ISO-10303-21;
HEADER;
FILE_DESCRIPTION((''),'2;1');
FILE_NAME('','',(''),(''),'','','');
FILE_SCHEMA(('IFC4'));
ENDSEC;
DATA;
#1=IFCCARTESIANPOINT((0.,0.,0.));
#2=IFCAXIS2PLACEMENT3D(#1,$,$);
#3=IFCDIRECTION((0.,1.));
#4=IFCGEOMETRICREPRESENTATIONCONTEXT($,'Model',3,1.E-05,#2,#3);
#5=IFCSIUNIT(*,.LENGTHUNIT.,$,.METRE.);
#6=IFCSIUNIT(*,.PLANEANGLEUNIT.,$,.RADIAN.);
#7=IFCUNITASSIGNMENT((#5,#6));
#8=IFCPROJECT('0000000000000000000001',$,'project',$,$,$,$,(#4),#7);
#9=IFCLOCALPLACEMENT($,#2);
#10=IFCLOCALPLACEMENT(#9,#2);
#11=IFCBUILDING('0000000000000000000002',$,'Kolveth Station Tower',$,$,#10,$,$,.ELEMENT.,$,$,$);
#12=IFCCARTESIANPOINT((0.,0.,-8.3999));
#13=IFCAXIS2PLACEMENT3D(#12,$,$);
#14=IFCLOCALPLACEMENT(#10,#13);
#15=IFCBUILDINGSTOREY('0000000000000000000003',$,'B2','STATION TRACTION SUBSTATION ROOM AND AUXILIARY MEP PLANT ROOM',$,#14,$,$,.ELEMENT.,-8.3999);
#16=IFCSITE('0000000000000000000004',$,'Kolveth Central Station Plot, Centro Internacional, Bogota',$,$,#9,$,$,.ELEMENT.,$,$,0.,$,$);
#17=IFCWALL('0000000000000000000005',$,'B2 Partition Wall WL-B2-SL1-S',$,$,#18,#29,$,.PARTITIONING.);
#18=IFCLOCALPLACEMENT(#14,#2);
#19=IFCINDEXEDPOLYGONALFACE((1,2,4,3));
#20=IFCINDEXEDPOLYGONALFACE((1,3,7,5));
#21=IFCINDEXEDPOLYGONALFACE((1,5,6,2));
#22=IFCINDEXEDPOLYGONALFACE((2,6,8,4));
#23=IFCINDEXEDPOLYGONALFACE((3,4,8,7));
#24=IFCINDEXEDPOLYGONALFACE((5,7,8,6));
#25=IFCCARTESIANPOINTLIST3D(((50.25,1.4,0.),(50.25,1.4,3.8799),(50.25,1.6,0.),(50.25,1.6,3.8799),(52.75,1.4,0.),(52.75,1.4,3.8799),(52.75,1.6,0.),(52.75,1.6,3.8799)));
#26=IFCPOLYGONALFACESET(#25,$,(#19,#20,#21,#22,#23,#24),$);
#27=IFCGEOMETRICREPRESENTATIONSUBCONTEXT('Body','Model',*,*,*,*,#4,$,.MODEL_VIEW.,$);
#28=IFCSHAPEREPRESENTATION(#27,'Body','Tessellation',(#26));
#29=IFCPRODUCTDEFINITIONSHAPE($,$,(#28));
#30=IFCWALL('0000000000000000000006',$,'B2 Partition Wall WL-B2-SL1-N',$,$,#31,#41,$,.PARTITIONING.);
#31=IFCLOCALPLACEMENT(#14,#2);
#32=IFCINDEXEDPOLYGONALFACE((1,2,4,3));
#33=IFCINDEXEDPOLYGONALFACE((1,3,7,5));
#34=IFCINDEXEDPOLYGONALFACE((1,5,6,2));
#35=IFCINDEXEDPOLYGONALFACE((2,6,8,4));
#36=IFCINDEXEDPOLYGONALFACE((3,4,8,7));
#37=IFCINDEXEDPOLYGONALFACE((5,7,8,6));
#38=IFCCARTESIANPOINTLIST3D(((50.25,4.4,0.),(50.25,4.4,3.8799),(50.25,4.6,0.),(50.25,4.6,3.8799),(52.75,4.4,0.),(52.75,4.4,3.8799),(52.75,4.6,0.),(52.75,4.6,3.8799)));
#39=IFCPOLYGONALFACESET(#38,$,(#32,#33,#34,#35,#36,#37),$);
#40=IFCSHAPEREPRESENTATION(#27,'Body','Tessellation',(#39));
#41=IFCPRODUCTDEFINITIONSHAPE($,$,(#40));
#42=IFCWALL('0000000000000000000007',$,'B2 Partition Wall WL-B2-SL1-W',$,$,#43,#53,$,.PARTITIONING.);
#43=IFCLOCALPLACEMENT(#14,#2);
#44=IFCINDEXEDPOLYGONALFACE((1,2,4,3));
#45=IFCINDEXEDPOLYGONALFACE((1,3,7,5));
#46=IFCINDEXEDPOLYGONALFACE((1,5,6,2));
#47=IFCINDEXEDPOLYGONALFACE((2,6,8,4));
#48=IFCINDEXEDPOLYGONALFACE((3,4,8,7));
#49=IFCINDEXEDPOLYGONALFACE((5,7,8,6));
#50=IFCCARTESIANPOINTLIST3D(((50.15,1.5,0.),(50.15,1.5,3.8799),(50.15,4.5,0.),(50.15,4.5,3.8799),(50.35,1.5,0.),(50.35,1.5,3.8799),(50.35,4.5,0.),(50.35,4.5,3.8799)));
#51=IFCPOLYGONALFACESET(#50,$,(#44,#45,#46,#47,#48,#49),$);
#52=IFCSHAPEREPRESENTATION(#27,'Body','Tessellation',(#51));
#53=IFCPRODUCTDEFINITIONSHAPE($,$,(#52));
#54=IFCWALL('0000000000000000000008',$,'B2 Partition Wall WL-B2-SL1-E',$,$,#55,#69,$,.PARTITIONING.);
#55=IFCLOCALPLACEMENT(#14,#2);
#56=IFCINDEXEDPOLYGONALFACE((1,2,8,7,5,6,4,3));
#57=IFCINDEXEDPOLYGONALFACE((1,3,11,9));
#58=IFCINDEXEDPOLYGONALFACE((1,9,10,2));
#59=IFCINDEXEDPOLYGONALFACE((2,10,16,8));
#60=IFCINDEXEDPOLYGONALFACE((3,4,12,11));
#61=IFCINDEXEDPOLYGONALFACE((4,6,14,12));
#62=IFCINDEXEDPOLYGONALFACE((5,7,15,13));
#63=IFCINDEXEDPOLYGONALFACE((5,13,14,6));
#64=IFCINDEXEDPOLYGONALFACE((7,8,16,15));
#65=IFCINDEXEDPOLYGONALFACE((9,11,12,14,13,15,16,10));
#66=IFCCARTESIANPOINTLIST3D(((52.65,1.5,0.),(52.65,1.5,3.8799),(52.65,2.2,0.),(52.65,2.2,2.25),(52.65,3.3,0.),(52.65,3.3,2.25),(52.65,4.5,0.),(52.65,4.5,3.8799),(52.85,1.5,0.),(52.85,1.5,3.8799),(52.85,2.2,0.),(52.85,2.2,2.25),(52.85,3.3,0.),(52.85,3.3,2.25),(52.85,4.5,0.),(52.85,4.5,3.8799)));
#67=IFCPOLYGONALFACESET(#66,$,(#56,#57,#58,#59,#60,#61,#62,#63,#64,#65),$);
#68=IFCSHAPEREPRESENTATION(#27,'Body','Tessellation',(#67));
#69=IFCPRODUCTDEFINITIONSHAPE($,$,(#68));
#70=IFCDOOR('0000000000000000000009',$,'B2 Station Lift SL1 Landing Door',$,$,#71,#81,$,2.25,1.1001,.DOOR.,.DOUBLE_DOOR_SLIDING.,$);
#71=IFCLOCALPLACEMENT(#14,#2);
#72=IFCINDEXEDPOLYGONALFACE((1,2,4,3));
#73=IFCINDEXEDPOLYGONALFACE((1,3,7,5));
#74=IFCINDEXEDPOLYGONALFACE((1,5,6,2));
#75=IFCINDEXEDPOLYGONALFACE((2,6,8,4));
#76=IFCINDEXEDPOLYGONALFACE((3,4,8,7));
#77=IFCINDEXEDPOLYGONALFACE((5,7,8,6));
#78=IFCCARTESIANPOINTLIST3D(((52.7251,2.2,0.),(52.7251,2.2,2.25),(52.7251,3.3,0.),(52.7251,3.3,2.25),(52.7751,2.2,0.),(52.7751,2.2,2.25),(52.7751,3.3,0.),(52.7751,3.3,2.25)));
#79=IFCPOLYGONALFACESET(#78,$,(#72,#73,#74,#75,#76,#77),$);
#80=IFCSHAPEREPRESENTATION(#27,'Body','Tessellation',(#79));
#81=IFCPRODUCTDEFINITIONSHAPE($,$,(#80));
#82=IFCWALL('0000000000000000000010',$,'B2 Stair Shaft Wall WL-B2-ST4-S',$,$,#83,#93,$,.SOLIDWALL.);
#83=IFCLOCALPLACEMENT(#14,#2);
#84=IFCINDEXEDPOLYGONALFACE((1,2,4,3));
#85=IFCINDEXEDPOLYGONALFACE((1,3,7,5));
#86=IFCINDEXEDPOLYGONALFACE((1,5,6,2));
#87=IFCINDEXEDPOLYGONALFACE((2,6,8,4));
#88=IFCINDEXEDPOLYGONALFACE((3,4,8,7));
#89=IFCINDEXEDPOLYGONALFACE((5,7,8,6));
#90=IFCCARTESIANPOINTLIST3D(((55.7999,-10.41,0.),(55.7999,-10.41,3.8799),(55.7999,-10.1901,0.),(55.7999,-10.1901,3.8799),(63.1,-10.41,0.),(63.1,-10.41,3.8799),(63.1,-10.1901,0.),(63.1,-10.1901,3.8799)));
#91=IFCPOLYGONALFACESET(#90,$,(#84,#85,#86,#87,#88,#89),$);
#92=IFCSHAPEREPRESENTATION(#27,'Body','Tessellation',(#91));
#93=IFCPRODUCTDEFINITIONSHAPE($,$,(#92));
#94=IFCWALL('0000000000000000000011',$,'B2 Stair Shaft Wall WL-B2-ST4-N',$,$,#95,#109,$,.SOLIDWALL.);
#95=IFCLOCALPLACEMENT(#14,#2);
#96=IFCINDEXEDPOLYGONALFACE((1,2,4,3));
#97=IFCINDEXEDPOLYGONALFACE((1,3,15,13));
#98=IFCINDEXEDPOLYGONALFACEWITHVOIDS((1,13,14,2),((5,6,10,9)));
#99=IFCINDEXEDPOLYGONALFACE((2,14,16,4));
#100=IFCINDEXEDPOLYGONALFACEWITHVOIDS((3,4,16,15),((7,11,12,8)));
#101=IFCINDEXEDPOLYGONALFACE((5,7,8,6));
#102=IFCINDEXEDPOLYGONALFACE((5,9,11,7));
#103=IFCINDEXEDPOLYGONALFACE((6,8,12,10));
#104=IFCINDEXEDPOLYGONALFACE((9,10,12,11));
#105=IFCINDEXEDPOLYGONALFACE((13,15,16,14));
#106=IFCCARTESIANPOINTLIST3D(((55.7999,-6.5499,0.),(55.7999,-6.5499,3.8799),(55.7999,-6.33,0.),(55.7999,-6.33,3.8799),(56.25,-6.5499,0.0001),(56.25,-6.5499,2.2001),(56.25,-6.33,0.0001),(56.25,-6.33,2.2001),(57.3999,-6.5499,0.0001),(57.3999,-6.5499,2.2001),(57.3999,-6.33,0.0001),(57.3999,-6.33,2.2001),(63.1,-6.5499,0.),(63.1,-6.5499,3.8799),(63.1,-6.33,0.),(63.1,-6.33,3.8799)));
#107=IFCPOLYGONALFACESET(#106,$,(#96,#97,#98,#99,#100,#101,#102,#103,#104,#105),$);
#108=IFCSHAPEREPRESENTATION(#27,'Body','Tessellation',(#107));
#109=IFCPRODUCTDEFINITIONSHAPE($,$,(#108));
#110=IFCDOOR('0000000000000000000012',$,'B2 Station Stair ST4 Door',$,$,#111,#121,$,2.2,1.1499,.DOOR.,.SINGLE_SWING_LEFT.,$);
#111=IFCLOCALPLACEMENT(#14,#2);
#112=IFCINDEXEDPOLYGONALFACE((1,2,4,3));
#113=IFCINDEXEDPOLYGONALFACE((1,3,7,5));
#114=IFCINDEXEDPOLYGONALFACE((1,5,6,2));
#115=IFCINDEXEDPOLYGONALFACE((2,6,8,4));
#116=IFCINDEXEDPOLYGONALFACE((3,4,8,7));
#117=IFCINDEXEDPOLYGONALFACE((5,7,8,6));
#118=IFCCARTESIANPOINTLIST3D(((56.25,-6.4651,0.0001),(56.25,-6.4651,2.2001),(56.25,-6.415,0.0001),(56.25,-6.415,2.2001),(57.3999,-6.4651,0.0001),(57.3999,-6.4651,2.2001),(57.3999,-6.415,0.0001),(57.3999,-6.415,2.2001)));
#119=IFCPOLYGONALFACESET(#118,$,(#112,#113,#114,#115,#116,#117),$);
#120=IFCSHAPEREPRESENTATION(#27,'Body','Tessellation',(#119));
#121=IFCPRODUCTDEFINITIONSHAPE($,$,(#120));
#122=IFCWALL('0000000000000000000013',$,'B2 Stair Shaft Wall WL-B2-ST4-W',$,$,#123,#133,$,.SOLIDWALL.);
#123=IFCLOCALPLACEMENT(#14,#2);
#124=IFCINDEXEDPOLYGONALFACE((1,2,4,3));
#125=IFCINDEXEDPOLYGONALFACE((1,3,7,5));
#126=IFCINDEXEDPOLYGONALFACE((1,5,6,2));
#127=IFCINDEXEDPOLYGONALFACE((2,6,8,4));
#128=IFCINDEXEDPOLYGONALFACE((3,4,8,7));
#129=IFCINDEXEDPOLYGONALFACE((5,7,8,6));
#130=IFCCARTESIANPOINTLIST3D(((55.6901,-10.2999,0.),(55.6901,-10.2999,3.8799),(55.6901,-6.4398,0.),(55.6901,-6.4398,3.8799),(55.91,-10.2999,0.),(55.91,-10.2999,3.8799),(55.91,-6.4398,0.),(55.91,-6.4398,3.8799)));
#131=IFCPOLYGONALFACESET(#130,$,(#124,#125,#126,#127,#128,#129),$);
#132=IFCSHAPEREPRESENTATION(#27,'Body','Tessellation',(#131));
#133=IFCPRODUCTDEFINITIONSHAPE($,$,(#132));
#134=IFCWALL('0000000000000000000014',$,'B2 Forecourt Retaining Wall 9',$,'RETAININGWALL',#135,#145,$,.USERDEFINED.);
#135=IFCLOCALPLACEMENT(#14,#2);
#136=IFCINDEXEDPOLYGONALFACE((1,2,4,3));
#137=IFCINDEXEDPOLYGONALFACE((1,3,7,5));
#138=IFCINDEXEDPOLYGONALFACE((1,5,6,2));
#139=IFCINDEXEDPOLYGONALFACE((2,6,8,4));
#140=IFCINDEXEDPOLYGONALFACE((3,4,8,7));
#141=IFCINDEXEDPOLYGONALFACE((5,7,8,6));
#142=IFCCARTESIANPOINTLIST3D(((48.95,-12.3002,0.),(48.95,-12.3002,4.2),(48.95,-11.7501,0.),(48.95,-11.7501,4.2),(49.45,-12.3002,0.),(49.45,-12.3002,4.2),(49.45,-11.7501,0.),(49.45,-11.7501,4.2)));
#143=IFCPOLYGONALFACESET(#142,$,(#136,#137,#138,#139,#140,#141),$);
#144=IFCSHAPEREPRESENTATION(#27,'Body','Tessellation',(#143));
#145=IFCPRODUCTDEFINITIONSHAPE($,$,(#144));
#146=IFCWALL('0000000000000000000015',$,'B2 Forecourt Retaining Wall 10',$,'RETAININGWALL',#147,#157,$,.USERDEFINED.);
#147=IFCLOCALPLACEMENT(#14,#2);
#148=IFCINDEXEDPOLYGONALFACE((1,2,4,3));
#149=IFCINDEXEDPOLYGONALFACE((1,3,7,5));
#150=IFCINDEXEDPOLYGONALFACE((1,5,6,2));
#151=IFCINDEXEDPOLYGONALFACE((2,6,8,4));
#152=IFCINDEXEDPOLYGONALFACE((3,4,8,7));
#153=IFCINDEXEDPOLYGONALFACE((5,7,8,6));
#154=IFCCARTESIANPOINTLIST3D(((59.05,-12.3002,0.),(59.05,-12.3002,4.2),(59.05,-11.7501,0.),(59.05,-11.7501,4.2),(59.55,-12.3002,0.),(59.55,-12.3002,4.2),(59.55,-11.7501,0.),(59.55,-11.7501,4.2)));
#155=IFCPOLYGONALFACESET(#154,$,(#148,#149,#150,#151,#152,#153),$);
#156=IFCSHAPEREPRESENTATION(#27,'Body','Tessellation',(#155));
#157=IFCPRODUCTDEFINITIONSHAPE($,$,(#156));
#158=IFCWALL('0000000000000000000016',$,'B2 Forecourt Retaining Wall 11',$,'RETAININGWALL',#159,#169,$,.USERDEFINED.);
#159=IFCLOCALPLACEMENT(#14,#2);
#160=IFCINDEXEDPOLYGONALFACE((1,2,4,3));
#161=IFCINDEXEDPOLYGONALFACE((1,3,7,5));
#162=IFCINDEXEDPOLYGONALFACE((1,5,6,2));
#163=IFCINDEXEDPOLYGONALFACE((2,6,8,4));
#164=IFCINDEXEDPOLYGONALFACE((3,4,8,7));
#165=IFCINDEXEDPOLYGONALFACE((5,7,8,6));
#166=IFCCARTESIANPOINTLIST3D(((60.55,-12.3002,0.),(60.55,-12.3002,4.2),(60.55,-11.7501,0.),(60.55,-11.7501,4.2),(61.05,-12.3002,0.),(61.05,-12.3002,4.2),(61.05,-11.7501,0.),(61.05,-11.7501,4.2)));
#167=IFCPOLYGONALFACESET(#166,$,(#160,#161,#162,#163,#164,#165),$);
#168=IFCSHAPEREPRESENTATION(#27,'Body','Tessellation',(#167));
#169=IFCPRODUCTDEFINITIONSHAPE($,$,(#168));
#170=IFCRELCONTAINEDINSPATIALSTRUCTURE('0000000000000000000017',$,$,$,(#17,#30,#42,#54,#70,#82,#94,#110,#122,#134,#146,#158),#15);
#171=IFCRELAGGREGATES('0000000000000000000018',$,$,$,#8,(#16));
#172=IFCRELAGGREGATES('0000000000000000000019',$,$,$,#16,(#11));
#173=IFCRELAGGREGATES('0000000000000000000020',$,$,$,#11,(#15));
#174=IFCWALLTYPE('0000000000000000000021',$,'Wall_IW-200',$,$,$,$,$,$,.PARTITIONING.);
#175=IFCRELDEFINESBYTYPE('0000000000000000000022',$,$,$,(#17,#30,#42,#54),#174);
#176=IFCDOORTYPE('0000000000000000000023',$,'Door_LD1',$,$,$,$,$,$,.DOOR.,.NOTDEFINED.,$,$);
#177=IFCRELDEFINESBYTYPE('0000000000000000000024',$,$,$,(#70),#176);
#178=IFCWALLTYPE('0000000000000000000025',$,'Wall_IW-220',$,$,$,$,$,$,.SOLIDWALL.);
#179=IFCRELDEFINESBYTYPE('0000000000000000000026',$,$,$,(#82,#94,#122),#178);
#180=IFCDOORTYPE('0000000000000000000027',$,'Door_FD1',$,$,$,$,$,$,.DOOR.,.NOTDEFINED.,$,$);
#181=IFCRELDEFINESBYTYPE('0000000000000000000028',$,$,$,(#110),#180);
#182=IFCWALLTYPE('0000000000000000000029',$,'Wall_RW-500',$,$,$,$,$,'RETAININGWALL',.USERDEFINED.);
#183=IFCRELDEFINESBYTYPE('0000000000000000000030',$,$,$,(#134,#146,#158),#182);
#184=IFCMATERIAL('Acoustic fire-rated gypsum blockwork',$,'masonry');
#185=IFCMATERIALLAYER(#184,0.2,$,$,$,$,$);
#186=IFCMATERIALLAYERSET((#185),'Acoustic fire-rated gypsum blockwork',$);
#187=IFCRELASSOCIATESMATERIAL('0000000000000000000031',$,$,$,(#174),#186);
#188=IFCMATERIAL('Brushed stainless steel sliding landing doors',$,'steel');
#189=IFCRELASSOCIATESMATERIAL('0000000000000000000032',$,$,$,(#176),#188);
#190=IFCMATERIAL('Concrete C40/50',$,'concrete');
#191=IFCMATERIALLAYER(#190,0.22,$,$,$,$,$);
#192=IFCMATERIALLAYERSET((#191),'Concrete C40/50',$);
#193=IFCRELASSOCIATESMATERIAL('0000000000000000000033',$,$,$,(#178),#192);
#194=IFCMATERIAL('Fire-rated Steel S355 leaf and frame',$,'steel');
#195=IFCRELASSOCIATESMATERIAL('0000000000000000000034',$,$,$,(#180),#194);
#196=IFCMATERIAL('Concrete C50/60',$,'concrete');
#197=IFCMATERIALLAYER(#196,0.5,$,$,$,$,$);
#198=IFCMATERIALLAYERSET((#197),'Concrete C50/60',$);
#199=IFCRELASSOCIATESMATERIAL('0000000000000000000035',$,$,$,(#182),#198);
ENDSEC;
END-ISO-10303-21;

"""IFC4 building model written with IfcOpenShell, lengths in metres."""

from ifc_helpers import new_model, si_unit, direction, frame, frame_2d, origin, place, context, subcontext, project, spatial, rectangle, extrude, material, layer, layer_set, type_object, element, fill, save


model = new_model("IFC4")

# Units and contexts
model_context = context("Model", 3, precision=1e-05, world=origin(), true_north=direction((0.0, 1.0)))
body_context = subcontext(model_context, "Body", "Model", "MODEL_VIEW")
ifc_project = project(units=[si_unit("LENGTHUNIT", "METRE"), si_unit("PLANEANGLEUNIT", "RADIAN")], contexts=[model_context])

# Site, building, storey
site_placement = place(None, origin())
site = spatial("IfcSite", under=ifc_project, at=site_placement, Name="Kolveth Central Station Plot, Centro Internacional, Bogota", CompositionType="ELEMENT", RefElevation=0.0)
building_placement = place(site_placement, origin())
building = spatial("IfcBuilding", under=site, at=building_placement, Name="Kolveth Station Tower", CompositionType="ELEMENT")
storey_placement = place(building_placement, frame((0.0, 0.0, -8.3999)))
storey = spatial("IfcBuildingStorey", under=building, at=storey_placement, Name="B2", Description="STATION TRACTION SUBSTATION ROOM AND AUXILIARY MEP PLANT ROOM", CompositionType="ELEMENT", Elevation=-8.3999)

# Walls
ifc_material_1 = material(Name="Acoustic fire-rated gypsum blockwork", Category="masonry")
ifc_layer_1 = layer(ifc_material_1, 0.2)
ifc_layer_set_1 = layer_set([ifc_layer_1], Name="Acoustic fire-rated gypsum blockwork")
wall_type_1 = type_object("IfcWallType", Name="Wall_IW-200", PredefinedType="PARTITIONING", material=ifc_layer_set_1)
for number, where, z_axis, x_axis, name in (
    (1, (50.25, 1.5, 0.0), (0.0, 0.0, 1.0), (1.0, 0.0, 0.0), "B2 Partition Wall WL-B2-SL1-S"),
    (2, (50.25, 4.5, 0.0), (0.0, 0.0, 1.0), (1.0, 0.0, 0.0), "B2 Partition Wall WL-B2-SL1-N"),
):
    element("IfcWall", number, at=place(storey_placement, frame(where, z_axis=z_axis, x_axis=x_axis)), inside=storey, type_object=wall_type_1, Name=name, PredefinedType="PARTITIONING", context=body_context, shape_type="SweptSolid", body=[
        extrude(rectangle(XDim=2.5, YDim=0.2, at=frame_2d((1.25, 0.0))), origin(), (0.0, 0.0, 1.0), 3.8799),
    ])
wall_1_placement = place(storey_placement, frame((50.25, 1.5, 0.0), z_axis=(0.0, 0.0, 1.0), x_axis=(0.0, 1.0, 0.0)))
element("IfcWall", 3, at=wall_1_placement, inside=storey, type_object=wall_type_1, Name="B2 Partition Wall WL-B2-SL1-W", PredefinedType="PARTITIONING", context=body_context, shape_type="SweptSolid", body=[
    extrude(rectangle(XDim=3.0, YDim=0.2, at=frame_2d((1.5, 0.0))), origin(), (0.0, 0.0, 1.0), 3.8799),
])

# Wall, opening, door
wall_2_placement = place(storey_placement, frame((52.75, 1.5, 0.0), z_axis=(0.0, 0.0, 1.0), x_axis=(0.0, 1.0, 0.0)))
wall_2 = element("IfcWall", 4, at=wall_2_placement, inside=storey, type_object=wall_type_1, Name="B2 Partition Wall WL-B2-SL1-E", PredefinedType="PARTITIONING", context=body_context, shape_type="SweptSolid", body=[
    extrude(rectangle(XDim=3.0, YDim=0.2, at=frame_2d((1.5, 0.0))), origin(), (0.0, 0.0, 1.0), 3.8799),
])
opening_1_placement = place(wall_2_placement, frame((0.7, 0.0, 0.0)))
opening_1 = element("IfcOpeningElement", 5, at=opening_1_placement, cuts=wall_2, PredefinedType="OPENING", context=body_context, shape_type="SweptSolid", body=[
    extrude(rectangle(XDim=1.1001, YDim=2.25, at=frame_2d((0.55, 1.125))), frame((0.0, 0.1099, 0.0), z_axis=(0.0, -1.0, 0.0), x_axis=(1.0, 0.0, 0.0)), (0.0, 0.0, 1.0), 0.22),
])
ifc_material_2 = material(Name="Brushed stainless steel sliding landing doors", Category="steel")
door_type_1 = type_object("IfcDoorType", Name="Door_LD1", OperationType="NOTDEFINED", PredefinedType="DOOR", material=ifc_material_2)
door_1_placement = place(opening_1_placement, origin())
door_1 = element("IfcDoor", 6, at=door_1_placement, inside=storey, type_object=door_type_1, Name="B2 Station Lift SL1 Landing Door", OperationType="DOUBLE_DOOR_SLIDING", OverallHeight=2.25, OverallWidth=1.1001, PredefinedType="DOOR", context=body_context, shape_type="SweptSolid", body=[
    extrude(rectangle(XDim=1.1001, YDim=2.25, at=frame_2d((0.55, 1.125))), frame((0.0, 0.0249, 0.0), z_axis=(0.0, -1.0, 0.0), x_axis=(1.0, 0.0, 0.0)), (0.0, 0.0, 1.0), 0.05),
])
fill(opening_1, door_1)

# Wall
ifc_material_3 = material(Name="Concrete C40/50", Category="concrete")
ifc_layer_2 = layer(ifc_material_3, 0.22)
ifc_layer_set_2 = layer_set([ifc_layer_2], Name="Concrete C40/50")
wall_type_2 = type_object("IfcWallType", Name="Wall_IW-220", PredefinedType="SOLIDWALL", material=ifc_layer_set_2)
wall_3_placement = place(storey_placement, frame((55.8, -10.3, 0.0), z_axis=(0.0, 0.0, 1.0), x_axis=(1.0, 0.0, 0.0)))
element("IfcWall", 7, at=wall_3_placement, inside=storey, type_object=wall_type_2, Name="B2 Stair Shaft Wall WL-B2-ST4-S", PredefinedType="SOLIDWALL", context=body_context, shape_type="SweptSolid", body=[
    extrude(rectangle(XDim=7.3, YDim=0.22, at=frame_2d((3.6499, 0.0))), origin(), (0.0, 0.0, 1.0), 3.8799),
])

# Wall, opening, door
wall_4_placement = place(storey_placement, frame((55.8, -6.4399, 0.0), z_axis=(0.0, 0.0, 1.0), x_axis=(1.0, 0.0, 0.0)))
wall_4 = element("IfcWall", 8, at=wall_4_placement, inside=storey, type_object=wall_type_2, Name="B2 Stair Shaft Wall WL-B2-ST4-N", PredefinedType="SOLIDWALL", context=body_context, shape_type="SweptSolid", body=[
    extrude(rectangle(XDim=7.3, YDim=0.22, at=frame_2d((3.6499, 0.0))), origin(), (0.0, 0.0, 1.0), 3.8799),
])
opening_2_placement = place(wall_4_placement, frame((0.45, 0.0, 0.0)))
opening_2 = element("IfcOpeningElement", 9, at=opening_2_placement, cuts=wall_4, PredefinedType="OPENING", context=body_context, shape_type="SweptSolid", body=[
    extrude(rectangle(XDim=1.1499, YDim=2.2, at=frame_2d((0.575, 1.1001))), frame((0.0, 0.1199, 0.0), z_axis=(0.0, -1.0, 0.0), x_axis=(1.0, 0.0, 0.0)), (0.0, 0.0, 1.0), 0.24),
])
ifc_material_4 = material(Name="Fire-rated Steel S355 leaf and frame", Category="steel")
door_type_2 = type_object("IfcDoorType", Name="Door_FD1", OperationType="NOTDEFINED", PredefinedType="DOOR", material=ifc_material_4)
door_2_placement = place(opening_2_placement, origin())
door_2 = element("IfcDoor", 10, at=door_2_placement, inside=storey, type_object=door_type_2, Name="B2 Station Stair ST4 Door", OperationType="SINGLE_SWING_LEFT", OverallHeight=2.2, OverallWidth=1.1499, PredefinedType="DOOR", context=body_context, shape_type="SweptSolid", body=[
    extrude(rectangle(XDim=1.1499, YDim=2.2, at=frame_2d((0.575, 1.1001))), frame((0.0, 0.0249, 0.0), z_axis=(0.0, -1.0, 0.0), x_axis=(1.0, 0.0, 0.0)), (0.0, 0.0, 1.0), 0.05),
])
fill(opening_2, door_2)

# Walls
wall_5_placement = place(storey_placement, frame((55.8, -10.3, 0.0), z_axis=(0.0, 0.0, 1.0), x_axis=(0.0, 1.0, 0.0)))
element("IfcWall", 11, at=wall_5_placement, inside=storey, type_object=wall_type_2, Name="B2 Stair Shaft Wall WL-B2-ST4-W", PredefinedType="SOLIDWALL", context=body_context, shape_type="SweptSolid", body=[
    extrude(rectangle(XDim=3.8601, YDim=0.22, at=frame_2d((1.9302, 0.0))), origin(), (0.0, 0.0, 1.0), 3.8799),
])
ifc_material_5 = material(Name="Concrete C50/60", Category="concrete")
ifc_layer_3 = layer(ifc_material_5, 0.5)
ifc_layer_set_3 = layer_set([ifc_layer_3], Name="Concrete C50/60")
wall_type_3 = type_object("IfcWallType", Name="Wall_RW-500", ElementType="RETAININGWALL", PredefinedType="USERDEFINED", material=ifc_layer_set_3)
for number, where, z_axis, x_axis, name in (
    (12, (49.2, -12.3, 0.0), (0.0, 0.0, 1.0), (0.0, 1.0, 0.0), "B2 Forecourt Retaining Wall 9"),
    (13, (59.3, -12.3, 0.0), (0.0, 0.0, 1.0), (0.0, 1.0, 0.0), "B2 Forecourt Retaining Wall 10"),
    (14, (60.8, -12.3, 0.0), (0.0, 0.0, 1.0), (0.0, 1.0, 0.0), "B2 Forecourt Retaining Wall 11"),
):
    element("IfcWall", number, at=place(storey_placement, frame(where, z_axis=z_axis, x_axis=x_axis)), inside=storey, type_object=wall_type_3, Name=name, ObjectType="RETAININGWALL", PredefinedType="USERDEFINED", context=body_context, shape_type="SweptSolid", body=[
        extrude(rectangle(XDim=0.55, YDim=0.5, at=frame_2d((0.2749, 0.0))), origin(), (0.0, 0.0, 1.0), 4.2),
    ])

save(model, "model.ifc")
